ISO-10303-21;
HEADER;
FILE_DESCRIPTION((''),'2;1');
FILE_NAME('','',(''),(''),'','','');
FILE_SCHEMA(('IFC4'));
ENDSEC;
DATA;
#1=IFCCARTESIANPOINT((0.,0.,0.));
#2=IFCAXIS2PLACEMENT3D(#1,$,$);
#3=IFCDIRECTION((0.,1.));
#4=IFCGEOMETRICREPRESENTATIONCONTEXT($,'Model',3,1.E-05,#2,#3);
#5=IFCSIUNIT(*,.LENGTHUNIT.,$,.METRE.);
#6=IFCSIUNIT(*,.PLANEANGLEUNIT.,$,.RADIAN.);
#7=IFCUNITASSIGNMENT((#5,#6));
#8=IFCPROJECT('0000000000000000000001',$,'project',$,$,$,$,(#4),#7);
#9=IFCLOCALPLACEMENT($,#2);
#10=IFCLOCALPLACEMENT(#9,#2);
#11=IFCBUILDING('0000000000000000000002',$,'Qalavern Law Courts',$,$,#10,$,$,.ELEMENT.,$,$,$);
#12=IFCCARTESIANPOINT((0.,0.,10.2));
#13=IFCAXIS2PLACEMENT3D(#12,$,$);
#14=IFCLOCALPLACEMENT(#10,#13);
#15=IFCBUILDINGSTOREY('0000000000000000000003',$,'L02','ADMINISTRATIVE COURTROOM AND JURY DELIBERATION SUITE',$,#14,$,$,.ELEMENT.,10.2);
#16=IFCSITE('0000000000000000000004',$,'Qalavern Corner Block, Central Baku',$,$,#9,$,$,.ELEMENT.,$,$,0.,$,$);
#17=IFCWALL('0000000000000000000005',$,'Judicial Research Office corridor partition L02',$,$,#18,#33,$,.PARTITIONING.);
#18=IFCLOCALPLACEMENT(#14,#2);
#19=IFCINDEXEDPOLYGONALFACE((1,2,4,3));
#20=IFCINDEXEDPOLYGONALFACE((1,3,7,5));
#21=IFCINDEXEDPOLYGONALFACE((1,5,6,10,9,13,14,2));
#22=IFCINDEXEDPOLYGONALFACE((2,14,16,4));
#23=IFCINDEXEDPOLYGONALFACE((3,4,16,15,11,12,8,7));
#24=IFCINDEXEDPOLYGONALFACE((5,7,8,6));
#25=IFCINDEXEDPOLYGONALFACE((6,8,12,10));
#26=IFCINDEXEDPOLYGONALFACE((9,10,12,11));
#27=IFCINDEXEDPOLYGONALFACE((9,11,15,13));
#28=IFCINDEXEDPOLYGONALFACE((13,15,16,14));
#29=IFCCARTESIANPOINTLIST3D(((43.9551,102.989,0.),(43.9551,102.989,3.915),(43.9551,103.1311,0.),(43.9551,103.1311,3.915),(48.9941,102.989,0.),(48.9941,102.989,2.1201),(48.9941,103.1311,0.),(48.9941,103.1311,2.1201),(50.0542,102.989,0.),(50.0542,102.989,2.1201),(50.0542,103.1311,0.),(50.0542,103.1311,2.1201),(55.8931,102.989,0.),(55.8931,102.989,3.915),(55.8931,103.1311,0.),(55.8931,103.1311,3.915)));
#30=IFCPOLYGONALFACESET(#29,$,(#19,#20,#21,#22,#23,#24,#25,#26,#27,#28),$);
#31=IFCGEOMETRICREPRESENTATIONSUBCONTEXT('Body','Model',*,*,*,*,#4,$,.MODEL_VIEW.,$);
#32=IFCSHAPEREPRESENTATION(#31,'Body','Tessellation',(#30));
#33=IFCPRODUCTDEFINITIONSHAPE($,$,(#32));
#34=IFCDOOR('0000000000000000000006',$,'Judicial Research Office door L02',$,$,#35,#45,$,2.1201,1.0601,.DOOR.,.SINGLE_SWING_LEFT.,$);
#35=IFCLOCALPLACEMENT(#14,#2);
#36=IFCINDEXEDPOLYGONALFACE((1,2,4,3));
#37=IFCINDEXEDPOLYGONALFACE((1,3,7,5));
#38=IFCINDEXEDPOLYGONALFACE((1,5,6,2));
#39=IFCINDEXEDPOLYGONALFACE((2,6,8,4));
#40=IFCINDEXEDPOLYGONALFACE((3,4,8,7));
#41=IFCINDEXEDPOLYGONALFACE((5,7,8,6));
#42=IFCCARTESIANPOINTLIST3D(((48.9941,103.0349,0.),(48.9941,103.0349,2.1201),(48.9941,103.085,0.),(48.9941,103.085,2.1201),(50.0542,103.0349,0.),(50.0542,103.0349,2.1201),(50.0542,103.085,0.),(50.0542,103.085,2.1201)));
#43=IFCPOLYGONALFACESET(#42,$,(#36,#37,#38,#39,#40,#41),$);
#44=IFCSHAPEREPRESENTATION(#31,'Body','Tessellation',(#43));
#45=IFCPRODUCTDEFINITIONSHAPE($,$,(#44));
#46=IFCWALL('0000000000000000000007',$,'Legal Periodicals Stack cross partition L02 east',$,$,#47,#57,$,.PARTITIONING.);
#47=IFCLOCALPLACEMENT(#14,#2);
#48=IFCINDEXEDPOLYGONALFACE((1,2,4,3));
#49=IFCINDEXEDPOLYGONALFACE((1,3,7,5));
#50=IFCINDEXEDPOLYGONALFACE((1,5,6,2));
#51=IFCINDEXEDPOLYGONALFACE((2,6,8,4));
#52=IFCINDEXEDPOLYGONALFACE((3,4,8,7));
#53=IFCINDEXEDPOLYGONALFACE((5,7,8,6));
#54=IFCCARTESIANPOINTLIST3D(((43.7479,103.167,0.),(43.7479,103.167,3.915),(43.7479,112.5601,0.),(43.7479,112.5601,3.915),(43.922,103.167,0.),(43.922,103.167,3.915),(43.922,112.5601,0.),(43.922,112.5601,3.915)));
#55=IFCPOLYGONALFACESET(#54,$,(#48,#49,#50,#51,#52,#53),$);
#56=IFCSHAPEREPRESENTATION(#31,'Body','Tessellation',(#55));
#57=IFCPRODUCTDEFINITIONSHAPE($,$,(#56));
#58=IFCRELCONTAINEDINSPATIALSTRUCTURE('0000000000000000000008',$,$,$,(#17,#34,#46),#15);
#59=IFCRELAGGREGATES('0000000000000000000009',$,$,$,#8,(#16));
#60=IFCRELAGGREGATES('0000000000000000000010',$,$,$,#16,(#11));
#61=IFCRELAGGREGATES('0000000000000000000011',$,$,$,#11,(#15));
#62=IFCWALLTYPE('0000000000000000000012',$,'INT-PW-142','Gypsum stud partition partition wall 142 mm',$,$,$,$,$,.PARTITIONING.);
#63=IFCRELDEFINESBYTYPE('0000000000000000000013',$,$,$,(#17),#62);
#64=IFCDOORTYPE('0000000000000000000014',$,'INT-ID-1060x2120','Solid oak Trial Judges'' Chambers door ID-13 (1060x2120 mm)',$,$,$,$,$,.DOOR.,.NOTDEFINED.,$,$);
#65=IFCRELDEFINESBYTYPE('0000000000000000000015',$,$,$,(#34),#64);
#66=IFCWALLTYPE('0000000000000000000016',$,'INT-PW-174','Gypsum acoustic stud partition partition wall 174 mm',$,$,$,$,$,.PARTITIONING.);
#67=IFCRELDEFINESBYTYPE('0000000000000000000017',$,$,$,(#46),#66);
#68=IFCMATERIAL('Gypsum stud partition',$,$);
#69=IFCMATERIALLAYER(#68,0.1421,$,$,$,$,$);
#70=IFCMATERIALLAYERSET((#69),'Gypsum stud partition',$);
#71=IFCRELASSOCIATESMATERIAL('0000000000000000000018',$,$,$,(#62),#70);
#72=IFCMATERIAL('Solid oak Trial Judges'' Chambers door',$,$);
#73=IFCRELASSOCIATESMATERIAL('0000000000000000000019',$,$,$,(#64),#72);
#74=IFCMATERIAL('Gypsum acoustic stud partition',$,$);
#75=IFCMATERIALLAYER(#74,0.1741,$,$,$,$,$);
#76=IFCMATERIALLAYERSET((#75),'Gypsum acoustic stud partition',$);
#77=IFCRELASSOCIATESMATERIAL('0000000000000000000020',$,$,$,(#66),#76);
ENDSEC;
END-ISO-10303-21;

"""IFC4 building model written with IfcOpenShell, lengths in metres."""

from ifc_helpers import new_model, si_unit, direction, frame, frame_2d, origin, place, context, subcontext, project, spatial, rectangle, extrude, material, layer, layer_set, type_object, element, fill, save


model = new_model("IFC4")

# Units and contexts
model_context = context("Model", 3, precision=1e-05, world=origin(), true_north=direction((0.0, 1.0)))
body_context = subcontext(model_context, "Body", "Model", "MODEL_VIEW")
ifc_project = project(units=[si_unit("LENGTHUNIT", "METRE"), si_unit("PLANEANGLEUNIT", "RADIAN")], contexts=[model_context])

# Site, building, storey
site_placement = place(None, origin())
site = spatial("IfcSite", under=ifc_project, at=site_placement, Name="Qalavern Corner Block, Central Baku", CompositionType="ELEMENT", RefElevation=0.0)
building_placement = place(site_placement, origin())
building = spatial("IfcBuilding", under=site, at=building_placement, Name="Qalavern Law Courts", CompositionType="ELEMENT")
storey_placement = place(building_placement, frame((0.0, 0.0, 10.2)))
storey = spatial("IfcBuildingStorey", under=building, at=storey_placement, Name="L02", Description="ADMINISTRATIVE COURTROOM AND JURY DELIBERATION SUITE", CompositionType="ELEMENT", Elevation=10.2)

# Shared definitions
ifc_material_1 = material(Name="Gypsum stud partition")

# Wall, opening, door
ifc_layer_1 = layer(ifc_material_1, 0.1421)
ifc_layer_set_1 = layer_set([ifc_layer_1], Name="Gypsum stud partition")
wall_type_1 = type_object("IfcWallType", Name="INT-PW-142", Description="Gypsum stud partition partition wall 142 mm", PredefinedType="PARTITIONING", material=ifc_layer_set_1)
wall_1_placement = place(storey_placement, frame((43.9551, 103.0601, 0.0), z_axis=(0.0, 0.0, 1.0), x_axis=(1.0, 0.0, 0.0)))
wall_1 = element("IfcWall", 1, at=wall_1_placement, inside=storey, type_object=wall_type_1, Name="Judicial Research Office corridor partition L02", PredefinedType="PARTITIONING", context=body_context, shape_type="SweptSolid", body=[
    extrude(rectangle(XDim=11.938, YDim=0.1421, at=frame_2d((5.969, 0.0))), origin(), (0.0, 0.0, 1.0), 3.915),
])
opening_1_placement = place(wall_1_placement, frame((5.0391, 0.0, 0.0)))
opening_1 = element("IfcOpeningElement", 2, at=opening_1_placement, cuts=wall_1, PredefinedType="OPENING", context=body_context, shape_type="SweptSolid", body=[
    extrude(rectangle(XDim=1.0601, YDim=2.1201, at=frame_2d((0.53, 1.0601))), frame((0.0, 0.0859, 0.0), z_axis=(0.0, -1.0, 0.0), x_axis=(1.0, 0.0, 0.0)), (0.0, 0.0, 1.0), 0.1719),
])
ifc_material_2 = material(Name="Solid oak Trial Judges' Chambers door")
door_type_1 = type_object("IfcDoorType", Name="INT-ID-1060x2120", Description="Solid oak Trial Judges' Chambers door ID-13 (1060x2120 mm)", OperationType="NOTDEFINED", PredefinedType="DOOR", material=ifc_material_2)
door_1_placement = place(opening_1_placement, origin())
door_1 = element("IfcDoor", 3, at=door_1_placement, inside=storey, type_object=door_type_1, Name="Judicial Research Office door L02", OperationType="SINGLE_SWING_LEFT", OverallHeight=2.1201, OverallWidth=1.0601, PredefinedType="DOOR", context=body_context, shape_type="SweptSolid", body=[
    extrude(rectangle(XDim=1.0601, YDim=2.1201, at=frame_2d((0.53, 1.0601))), frame((0.0, 0.0249, 0.0), z_axis=(0.0, -1.0, 0.0), x_axis=(1.0, 0.0, 0.0)), (0.0, 0.0, 1.0), 0.05),
])
fill(opening_1, door_1)

# Wall
ifc_material_3 = material(Name="Gypsum acoustic stud partition")
ifc_layer_2 = layer(ifc_material_3, 0.1741)
ifc_layer_set_2 = layer_set([ifc_layer_2], Name="Gypsum acoustic stud partition")
wall_type_2 = type_object("IfcWallType", Name="INT-PW-174", Description="Gypsum acoustic stud partition partition wall 174 mm", PredefinedType="PARTITIONING", material=ifc_layer_set_2)
wall_2_placement = place(storey_placement, frame((43.835, 103.167, 0.0), z_axis=(0.0, 0.0, 1.0), x_axis=(0.0, 1.0, 0.0)))
element("IfcWall", 4, at=wall_2_placement, inside=storey, type_object=wall_type_2, Name="Legal Periodicals Stack cross partition L02 east", PredefinedType="PARTITIONING", context=body_context, shape_type="SweptSolid", body=[
    extrude(rectangle(XDim=9.3931, YDim=0.1741, at=frame_2d((4.6965, 0.0))), origin(), (0.0, 0.0, 1.0), 3.915),
])

save(model, "model.ifc")
